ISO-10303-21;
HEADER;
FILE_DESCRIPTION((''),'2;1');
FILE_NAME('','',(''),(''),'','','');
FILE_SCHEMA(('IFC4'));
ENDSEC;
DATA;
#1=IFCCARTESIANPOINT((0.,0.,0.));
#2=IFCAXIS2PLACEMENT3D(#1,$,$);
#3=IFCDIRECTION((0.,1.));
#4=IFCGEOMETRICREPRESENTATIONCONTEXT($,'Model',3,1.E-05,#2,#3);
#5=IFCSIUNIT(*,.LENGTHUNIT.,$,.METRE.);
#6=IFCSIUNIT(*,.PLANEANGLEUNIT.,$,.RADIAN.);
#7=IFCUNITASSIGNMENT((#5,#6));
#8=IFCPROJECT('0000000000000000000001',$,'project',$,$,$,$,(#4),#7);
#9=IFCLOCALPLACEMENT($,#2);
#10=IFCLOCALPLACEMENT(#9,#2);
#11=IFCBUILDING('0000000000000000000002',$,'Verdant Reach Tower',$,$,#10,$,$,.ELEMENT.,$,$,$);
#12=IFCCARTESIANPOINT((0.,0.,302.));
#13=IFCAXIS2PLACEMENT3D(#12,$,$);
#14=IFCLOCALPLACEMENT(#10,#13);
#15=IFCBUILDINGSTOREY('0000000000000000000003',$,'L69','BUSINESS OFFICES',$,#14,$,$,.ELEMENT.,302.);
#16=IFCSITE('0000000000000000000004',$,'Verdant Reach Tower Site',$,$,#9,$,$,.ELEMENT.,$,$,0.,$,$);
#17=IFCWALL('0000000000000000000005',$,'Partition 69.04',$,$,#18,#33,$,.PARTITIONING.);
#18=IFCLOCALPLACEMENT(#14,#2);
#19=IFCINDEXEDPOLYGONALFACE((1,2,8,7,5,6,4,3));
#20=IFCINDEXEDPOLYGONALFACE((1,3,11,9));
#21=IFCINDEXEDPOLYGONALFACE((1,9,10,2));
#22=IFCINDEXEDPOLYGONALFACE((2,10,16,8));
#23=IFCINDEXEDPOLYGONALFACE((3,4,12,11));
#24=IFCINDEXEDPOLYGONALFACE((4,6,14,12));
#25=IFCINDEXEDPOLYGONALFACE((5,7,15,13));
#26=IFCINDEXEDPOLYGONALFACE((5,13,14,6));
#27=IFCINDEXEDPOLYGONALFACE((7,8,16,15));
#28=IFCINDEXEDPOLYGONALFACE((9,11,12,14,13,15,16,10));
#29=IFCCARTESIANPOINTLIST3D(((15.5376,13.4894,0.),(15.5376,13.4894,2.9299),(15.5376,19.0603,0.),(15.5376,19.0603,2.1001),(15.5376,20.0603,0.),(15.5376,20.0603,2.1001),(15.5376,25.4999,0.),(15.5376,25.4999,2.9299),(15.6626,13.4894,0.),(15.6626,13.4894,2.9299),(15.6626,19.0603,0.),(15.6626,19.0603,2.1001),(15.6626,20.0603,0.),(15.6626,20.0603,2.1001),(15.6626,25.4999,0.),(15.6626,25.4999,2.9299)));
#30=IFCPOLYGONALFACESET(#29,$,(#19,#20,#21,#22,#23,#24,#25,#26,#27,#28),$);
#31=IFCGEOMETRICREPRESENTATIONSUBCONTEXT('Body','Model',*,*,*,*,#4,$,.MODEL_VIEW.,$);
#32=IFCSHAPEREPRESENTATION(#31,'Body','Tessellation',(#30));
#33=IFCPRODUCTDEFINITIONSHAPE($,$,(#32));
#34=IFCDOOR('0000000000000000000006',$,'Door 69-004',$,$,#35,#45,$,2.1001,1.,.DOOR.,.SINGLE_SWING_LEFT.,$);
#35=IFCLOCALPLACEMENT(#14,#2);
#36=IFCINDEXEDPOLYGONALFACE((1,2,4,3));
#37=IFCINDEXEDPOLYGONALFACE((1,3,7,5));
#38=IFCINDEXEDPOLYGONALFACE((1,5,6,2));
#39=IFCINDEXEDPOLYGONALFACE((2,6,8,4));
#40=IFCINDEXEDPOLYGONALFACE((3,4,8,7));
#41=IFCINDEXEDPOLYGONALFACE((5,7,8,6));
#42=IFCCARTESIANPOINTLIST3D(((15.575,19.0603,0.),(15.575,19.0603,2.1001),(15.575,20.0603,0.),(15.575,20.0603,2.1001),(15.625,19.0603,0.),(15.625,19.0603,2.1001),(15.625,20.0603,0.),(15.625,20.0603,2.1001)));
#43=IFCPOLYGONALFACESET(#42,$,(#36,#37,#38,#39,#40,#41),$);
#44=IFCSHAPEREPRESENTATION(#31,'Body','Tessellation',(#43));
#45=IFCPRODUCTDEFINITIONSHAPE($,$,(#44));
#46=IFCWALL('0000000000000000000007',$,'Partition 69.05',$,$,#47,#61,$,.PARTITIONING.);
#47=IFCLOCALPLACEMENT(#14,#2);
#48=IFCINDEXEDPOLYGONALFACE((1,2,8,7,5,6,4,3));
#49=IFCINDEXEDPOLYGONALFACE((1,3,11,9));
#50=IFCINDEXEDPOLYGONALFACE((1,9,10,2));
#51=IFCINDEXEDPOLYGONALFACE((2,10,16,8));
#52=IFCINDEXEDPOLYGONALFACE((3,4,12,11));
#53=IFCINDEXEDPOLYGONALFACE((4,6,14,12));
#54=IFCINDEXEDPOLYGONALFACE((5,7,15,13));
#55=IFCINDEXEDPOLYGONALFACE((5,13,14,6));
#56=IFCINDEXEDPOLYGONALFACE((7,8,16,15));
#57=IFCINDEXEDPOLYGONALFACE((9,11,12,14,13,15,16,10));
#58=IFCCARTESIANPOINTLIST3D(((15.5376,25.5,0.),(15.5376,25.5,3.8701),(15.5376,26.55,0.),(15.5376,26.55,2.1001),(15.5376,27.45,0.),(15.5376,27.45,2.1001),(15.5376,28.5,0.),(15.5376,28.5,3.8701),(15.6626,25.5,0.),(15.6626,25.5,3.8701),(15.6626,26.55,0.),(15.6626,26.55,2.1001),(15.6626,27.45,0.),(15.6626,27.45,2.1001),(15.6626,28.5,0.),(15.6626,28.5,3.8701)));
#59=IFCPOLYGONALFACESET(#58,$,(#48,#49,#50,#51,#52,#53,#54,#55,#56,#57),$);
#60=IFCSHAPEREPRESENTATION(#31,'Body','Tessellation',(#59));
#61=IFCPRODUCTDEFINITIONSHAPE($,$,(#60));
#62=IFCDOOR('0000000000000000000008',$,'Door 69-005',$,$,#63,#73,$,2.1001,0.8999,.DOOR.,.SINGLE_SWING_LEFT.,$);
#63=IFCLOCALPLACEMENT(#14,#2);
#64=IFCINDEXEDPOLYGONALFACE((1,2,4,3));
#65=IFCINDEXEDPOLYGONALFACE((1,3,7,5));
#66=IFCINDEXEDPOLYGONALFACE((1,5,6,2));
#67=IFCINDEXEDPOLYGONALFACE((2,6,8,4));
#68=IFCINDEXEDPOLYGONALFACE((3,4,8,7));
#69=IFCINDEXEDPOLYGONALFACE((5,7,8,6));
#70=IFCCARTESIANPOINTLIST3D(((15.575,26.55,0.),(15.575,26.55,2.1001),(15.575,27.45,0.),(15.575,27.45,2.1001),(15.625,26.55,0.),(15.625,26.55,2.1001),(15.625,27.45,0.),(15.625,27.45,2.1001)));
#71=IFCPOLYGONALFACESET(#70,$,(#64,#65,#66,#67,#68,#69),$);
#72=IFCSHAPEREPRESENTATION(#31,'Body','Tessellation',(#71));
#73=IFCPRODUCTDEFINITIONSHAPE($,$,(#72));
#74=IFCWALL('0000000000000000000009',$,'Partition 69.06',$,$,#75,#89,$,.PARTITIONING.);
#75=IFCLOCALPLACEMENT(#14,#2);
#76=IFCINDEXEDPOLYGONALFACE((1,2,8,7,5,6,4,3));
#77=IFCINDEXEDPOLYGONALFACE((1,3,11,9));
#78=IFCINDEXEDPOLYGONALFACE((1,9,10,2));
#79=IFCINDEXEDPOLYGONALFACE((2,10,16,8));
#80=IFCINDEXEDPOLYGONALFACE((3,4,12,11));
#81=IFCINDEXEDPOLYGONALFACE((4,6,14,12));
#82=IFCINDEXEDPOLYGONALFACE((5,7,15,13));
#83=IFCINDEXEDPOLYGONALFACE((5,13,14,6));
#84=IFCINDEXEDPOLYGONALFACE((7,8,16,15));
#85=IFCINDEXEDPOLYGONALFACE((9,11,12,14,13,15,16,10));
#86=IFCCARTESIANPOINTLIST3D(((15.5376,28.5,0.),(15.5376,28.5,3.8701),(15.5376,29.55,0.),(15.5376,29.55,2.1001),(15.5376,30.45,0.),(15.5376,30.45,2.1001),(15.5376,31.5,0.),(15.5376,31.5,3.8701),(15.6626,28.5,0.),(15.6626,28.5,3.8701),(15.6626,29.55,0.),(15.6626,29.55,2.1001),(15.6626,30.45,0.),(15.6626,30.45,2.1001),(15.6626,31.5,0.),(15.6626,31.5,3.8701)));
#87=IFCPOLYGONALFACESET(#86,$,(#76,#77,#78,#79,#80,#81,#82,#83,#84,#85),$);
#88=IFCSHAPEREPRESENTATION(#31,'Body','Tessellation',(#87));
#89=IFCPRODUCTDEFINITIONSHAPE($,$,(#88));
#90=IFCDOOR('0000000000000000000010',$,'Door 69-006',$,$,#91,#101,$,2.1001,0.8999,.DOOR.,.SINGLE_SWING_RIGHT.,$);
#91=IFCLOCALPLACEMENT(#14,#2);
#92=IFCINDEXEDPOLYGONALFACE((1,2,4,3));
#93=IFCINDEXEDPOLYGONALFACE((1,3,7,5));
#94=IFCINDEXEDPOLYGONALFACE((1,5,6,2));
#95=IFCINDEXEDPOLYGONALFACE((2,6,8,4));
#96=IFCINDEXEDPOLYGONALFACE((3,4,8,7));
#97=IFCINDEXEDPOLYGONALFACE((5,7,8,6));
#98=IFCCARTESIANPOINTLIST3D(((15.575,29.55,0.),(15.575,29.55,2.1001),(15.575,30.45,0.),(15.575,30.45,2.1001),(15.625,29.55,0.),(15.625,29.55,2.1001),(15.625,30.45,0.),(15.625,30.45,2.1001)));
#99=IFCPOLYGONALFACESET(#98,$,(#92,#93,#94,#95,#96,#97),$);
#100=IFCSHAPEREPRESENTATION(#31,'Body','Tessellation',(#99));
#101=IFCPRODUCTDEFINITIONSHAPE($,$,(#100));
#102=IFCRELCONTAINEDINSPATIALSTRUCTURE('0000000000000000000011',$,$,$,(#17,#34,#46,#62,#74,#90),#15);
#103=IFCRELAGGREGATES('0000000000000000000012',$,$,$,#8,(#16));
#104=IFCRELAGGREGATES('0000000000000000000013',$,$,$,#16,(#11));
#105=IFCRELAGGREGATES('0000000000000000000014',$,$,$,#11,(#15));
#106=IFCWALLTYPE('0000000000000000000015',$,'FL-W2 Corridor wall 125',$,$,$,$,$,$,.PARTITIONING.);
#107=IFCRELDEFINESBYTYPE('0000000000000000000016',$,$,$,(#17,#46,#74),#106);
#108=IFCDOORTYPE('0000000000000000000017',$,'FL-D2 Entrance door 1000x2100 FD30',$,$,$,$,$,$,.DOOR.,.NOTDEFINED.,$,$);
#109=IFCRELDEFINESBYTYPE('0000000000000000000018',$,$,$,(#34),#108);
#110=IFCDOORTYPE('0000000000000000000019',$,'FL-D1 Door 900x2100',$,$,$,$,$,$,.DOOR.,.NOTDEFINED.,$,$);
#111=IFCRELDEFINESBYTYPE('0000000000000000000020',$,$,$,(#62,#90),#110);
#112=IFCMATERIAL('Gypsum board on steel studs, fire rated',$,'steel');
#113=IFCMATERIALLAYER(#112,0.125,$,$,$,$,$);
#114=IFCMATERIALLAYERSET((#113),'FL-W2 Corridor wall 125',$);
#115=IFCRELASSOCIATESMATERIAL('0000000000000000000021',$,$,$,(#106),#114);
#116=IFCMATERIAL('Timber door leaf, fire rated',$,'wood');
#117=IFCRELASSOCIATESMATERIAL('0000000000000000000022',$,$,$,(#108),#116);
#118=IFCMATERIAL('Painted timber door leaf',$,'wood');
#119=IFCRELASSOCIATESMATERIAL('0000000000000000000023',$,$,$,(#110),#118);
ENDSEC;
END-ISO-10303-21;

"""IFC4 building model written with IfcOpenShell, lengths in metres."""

from ifc_helpers import new_model, si_unit, direction, frame, frame_2d, origin, place, context, subcontext, project, spatial, rectangle, extrude, material, layer, layer_set, type_object, element, fill, save


model = new_model("IFC4")

# Units and contexts
model_context = context("Model", 3, precision=1e-05, world=origin(), true_north=direction((0.0, 1.0)))
body_context = subcontext(model_context, "Body", "Model", "MODEL_VIEW")
ifc_project = project(units=[si_unit("LENGTHUNIT", "METRE"), si_unit("PLANEANGLEUNIT", "RADIAN")], contexts=[model_context])

# Site, building, storey
site_placement = place(None, origin())
site = spatial("IfcSite", under=ifc_project, at=site_placement, Name="Verdant Reach Tower Site", CompositionType="ELEMENT", RefElevation=0.0)
building_placement = place(site_placement, origin())
building = spatial("IfcBuilding", under=site, at=building_placement, Name="Verdant Reach Tower", CompositionType="ELEMENT")
storey_placement = place(building_placement, frame((0.0, 0.0, 302.0)))
storey = spatial("IfcBuildingStorey", under=building, at=storey_placement, Name="L69", Description="BUSINESS OFFICES", CompositionType="ELEMENT", Elevation=302.0)

# Walls, openings, doors
ifc_material_1 = material(Name="Gypsum board on steel studs, fire rated", Category="steel")
ifc_layer_1 = layer(ifc_material_1, 0.125)
ifc_layer_set_1 = layer_set([ifc_layer_1], Name="FL-W2 Corridor wall 125")
wall_type_1 = type_object("IfcWallType", Name="FL-W2 Corridor wall 125", PredefinedType="PARTITIONING", material=ifc_layer_set_1)
wall_1_placement = place(storey_placement, frame((15.6001, 25.5, 0.0), z_axis=(0.0, 0.0, 1.0), x_axis=(0.0, -1.0, 0.0)))
wall_1 = element("IfcWall", 1, at=wall_1_placement, inside=storey, type_object=wall_type_1, Name="Partition 69.04", PredefinedType="PARTITIONING", context=body_context, shape_type="SweptSolid", body=[
    extrude(rectangle(XDim=12.0105, YDim=0.125, at=frame_2d((6.0054, 0.0))), origin(), (0.0, 0.0, 1.0), 2.9299),
])
opening_1_placement = place(wall_1_placement, frame((5.4397, 0.0, 0.0)))
opening_1 = element("IfcOpeningElement", 2, at=opening_1_placement, cuts=wall_1, PredefinedType="OPENING", context=body_context, shape_type="SweptSolid", body=[
    extrude(rectangle(XDim=1.0, YDim=2.1001, at=frame_2d((0.5, 1.05))), frame((0.0, 0.0725, 0.0), z_axis=(0.0, -1.0, 0.0), x_axis=(1.0, 0.0, 0.0)), (0.0, 0.0, 1.0), 0.145),
])
ifc_material_2 = material(Name="Timber door leaf, fire rated", Category="wood")
door_type_1 = type_object("IfcDoorType", Name="FL-D2 Entrance door 1000x2100 FD30", OperationType="NOTDEFINED", PredefinedType="DOOR", material=ifc_material_2)
door_1_placement = place(opening_1_placement, origin())
door_1 = element("IfcDoor", 3, at=door_1_placement, inside=storey, type_object=door_type_1, Name="Door 69-004", OperationType="SINGLE_SWING_LEFT", OverallHeight=2.1001, OverallWidth=1.0, PredefinedType="DOOR", context=body_context, shape_type="SweptSolid", body=[
    extrude(rectangle(XDim=1.0, YDim=2.1001, at=frame_2d((0.5, 1.05))), frame((0.0, 0.0249, 0.0), z_axis=(0.0, -1.0, 0.0), x_axis=(1.0, 0.0, 0.0)), (0.0, 0.0, 1.0), 0.05),
])
fill(opening_1, door_1)
wall_2_placement = place(storey_placement, frame((15.6001, 28.5, 0.0), z_axis=(0.0, 0.0, 1.0), x_axis=(0.0, -1.0, 0.0)))
wall_2 = element("IfcWall", 4, at=wall_2_placement, inside=storey, type_object=wall_type_1, Name="Partition 69.05", PredefinedType="PARTITIONING", context=body_context, shape_type="SweptSolid", body=[
    extrude(rectangle(XDim=3.0, YDim=0.125, at=frame_2d((1.5, 0.0))), origin(), (0.0, 0.0, 1.0), 3.8701),
])
opening_2_placement = place(wall_2_placement, frame((1.05, 0.0, 0.0)))
opening_2 = element("IfcOpeningElement", 5, at=opening_2_placement, cuts=wall_2, PredefinedType="OPENING", context=body_context, shape_type="SweptSolid", body=[
    extrude(rectangle(XDim=0.8999, YDim=2.1001, at=frame_2d((0.45, 1.05))), frame((0.0, 0.0725, 0.0), z_axis=(0.0, -1.0, 0.0), x_axis=(1.0, 0.0, 0.0)), (0.0, 0.0, 1.0), 0.145),
])
ifc_material_3 = material(Name="Painted timber door leaf", Category="wood")
door_type_2 = type_object("IfcDoorType", Name="FL-D1 Door 900x2100", OperationType="NOTDEFINED", PredefinedType="DOOR", material=ifc_material_3)
door_2_placement = place(opening_2_placement, origin())
door_2 = element("IfcDoor", 6, at=door_2_placement, inside=storey, type_object=door_type_2, Name="Door 69-005", OperationType="SINGLE_SWING_LEFT", OverallHeight=2.1001, OverallWidth=0.8999, PredefinedType="DOOR", context=body_context, shape_type="SweptSolid", body=[
    extrude(rectangle(XDim=0.8999, YDim=2.1001, at=frame_2d((0.45, 1.05))), frame((0.0, 0.0249, 0.0), z_axis=(0.0, -1.0, 0.0), x_axis=(1.0, 0.0, 0.0)), (0.0, 0.0, 1.0), 0.05),
])
fill(opening_2, door_2)
wall_3_placement = place(storey_placement, frame((15.6001, 31.5, 0.0), z_axis=(0.0, 0.0, 1.0), x_axis=(0.0, -1.0, 0.0)))
wall_3 = element("IfcWall", 7, at=wall_3_placement, inside=storey, type_object=wall_type_1, Name="Partition 69.06", PredefinedType="PARTITIONING", context=body_context, shape_type="SweptSolid", body=[
    extrude(rectangle(XDim=3.0, YDim=0.125, at=frame_2d((1.5, 0.0))), origin(), (0.0, 0.0, 1.0), 3.8701),
])
opening_3_placement = place(wall_3_placement, frame((1.05, 0.0, 0.0)))
opening_3 = element("IfcOpeningElement", 8, at=opening_3_placement, cuts=wall_3, PredefinedType="OPENING", context=body_context, shape_type="SweptSolid", body=[
    extrude(rectangle(XDim=0.8999, YDim=2.1001, at=frame_2d((0.45, 1.05))), frame((0.0, 0.0725, 0.0), z_axis=(0.0, -1.0, 0.0), x_axis=(1.0, 0.0, 0.0)), (0.0, 0.0, 1.0), 0.145),
])
door_3_placement = place(opening_3_placement, origin())
door_3 = element("IfcDoor", 9, at=door_3_placement, inside=storey, type_object=door_type_2, Name="Door 69-006", OperationType="SINGLE_SWING_RIGHT", OverallHeight=2.1001, OverallWidth=0.8999, PredefinedType="DOOR", context=body_context, shape_type="SweptSolid", body=[
    extrude(rectangle(XDim=0.8999, YDim=2.1001, at=frame_2d((0.45, 1.05))), frame((0.0, 0.0249, 0.0), z_axis=(0.0, -1.0, 0.0), x_axis=(1.0, 0.0, 0.0)), (0.0, 0.0, 1.0), 0.05),
])
fill(opening_3, door_3)

save(model, "model.ifc")
